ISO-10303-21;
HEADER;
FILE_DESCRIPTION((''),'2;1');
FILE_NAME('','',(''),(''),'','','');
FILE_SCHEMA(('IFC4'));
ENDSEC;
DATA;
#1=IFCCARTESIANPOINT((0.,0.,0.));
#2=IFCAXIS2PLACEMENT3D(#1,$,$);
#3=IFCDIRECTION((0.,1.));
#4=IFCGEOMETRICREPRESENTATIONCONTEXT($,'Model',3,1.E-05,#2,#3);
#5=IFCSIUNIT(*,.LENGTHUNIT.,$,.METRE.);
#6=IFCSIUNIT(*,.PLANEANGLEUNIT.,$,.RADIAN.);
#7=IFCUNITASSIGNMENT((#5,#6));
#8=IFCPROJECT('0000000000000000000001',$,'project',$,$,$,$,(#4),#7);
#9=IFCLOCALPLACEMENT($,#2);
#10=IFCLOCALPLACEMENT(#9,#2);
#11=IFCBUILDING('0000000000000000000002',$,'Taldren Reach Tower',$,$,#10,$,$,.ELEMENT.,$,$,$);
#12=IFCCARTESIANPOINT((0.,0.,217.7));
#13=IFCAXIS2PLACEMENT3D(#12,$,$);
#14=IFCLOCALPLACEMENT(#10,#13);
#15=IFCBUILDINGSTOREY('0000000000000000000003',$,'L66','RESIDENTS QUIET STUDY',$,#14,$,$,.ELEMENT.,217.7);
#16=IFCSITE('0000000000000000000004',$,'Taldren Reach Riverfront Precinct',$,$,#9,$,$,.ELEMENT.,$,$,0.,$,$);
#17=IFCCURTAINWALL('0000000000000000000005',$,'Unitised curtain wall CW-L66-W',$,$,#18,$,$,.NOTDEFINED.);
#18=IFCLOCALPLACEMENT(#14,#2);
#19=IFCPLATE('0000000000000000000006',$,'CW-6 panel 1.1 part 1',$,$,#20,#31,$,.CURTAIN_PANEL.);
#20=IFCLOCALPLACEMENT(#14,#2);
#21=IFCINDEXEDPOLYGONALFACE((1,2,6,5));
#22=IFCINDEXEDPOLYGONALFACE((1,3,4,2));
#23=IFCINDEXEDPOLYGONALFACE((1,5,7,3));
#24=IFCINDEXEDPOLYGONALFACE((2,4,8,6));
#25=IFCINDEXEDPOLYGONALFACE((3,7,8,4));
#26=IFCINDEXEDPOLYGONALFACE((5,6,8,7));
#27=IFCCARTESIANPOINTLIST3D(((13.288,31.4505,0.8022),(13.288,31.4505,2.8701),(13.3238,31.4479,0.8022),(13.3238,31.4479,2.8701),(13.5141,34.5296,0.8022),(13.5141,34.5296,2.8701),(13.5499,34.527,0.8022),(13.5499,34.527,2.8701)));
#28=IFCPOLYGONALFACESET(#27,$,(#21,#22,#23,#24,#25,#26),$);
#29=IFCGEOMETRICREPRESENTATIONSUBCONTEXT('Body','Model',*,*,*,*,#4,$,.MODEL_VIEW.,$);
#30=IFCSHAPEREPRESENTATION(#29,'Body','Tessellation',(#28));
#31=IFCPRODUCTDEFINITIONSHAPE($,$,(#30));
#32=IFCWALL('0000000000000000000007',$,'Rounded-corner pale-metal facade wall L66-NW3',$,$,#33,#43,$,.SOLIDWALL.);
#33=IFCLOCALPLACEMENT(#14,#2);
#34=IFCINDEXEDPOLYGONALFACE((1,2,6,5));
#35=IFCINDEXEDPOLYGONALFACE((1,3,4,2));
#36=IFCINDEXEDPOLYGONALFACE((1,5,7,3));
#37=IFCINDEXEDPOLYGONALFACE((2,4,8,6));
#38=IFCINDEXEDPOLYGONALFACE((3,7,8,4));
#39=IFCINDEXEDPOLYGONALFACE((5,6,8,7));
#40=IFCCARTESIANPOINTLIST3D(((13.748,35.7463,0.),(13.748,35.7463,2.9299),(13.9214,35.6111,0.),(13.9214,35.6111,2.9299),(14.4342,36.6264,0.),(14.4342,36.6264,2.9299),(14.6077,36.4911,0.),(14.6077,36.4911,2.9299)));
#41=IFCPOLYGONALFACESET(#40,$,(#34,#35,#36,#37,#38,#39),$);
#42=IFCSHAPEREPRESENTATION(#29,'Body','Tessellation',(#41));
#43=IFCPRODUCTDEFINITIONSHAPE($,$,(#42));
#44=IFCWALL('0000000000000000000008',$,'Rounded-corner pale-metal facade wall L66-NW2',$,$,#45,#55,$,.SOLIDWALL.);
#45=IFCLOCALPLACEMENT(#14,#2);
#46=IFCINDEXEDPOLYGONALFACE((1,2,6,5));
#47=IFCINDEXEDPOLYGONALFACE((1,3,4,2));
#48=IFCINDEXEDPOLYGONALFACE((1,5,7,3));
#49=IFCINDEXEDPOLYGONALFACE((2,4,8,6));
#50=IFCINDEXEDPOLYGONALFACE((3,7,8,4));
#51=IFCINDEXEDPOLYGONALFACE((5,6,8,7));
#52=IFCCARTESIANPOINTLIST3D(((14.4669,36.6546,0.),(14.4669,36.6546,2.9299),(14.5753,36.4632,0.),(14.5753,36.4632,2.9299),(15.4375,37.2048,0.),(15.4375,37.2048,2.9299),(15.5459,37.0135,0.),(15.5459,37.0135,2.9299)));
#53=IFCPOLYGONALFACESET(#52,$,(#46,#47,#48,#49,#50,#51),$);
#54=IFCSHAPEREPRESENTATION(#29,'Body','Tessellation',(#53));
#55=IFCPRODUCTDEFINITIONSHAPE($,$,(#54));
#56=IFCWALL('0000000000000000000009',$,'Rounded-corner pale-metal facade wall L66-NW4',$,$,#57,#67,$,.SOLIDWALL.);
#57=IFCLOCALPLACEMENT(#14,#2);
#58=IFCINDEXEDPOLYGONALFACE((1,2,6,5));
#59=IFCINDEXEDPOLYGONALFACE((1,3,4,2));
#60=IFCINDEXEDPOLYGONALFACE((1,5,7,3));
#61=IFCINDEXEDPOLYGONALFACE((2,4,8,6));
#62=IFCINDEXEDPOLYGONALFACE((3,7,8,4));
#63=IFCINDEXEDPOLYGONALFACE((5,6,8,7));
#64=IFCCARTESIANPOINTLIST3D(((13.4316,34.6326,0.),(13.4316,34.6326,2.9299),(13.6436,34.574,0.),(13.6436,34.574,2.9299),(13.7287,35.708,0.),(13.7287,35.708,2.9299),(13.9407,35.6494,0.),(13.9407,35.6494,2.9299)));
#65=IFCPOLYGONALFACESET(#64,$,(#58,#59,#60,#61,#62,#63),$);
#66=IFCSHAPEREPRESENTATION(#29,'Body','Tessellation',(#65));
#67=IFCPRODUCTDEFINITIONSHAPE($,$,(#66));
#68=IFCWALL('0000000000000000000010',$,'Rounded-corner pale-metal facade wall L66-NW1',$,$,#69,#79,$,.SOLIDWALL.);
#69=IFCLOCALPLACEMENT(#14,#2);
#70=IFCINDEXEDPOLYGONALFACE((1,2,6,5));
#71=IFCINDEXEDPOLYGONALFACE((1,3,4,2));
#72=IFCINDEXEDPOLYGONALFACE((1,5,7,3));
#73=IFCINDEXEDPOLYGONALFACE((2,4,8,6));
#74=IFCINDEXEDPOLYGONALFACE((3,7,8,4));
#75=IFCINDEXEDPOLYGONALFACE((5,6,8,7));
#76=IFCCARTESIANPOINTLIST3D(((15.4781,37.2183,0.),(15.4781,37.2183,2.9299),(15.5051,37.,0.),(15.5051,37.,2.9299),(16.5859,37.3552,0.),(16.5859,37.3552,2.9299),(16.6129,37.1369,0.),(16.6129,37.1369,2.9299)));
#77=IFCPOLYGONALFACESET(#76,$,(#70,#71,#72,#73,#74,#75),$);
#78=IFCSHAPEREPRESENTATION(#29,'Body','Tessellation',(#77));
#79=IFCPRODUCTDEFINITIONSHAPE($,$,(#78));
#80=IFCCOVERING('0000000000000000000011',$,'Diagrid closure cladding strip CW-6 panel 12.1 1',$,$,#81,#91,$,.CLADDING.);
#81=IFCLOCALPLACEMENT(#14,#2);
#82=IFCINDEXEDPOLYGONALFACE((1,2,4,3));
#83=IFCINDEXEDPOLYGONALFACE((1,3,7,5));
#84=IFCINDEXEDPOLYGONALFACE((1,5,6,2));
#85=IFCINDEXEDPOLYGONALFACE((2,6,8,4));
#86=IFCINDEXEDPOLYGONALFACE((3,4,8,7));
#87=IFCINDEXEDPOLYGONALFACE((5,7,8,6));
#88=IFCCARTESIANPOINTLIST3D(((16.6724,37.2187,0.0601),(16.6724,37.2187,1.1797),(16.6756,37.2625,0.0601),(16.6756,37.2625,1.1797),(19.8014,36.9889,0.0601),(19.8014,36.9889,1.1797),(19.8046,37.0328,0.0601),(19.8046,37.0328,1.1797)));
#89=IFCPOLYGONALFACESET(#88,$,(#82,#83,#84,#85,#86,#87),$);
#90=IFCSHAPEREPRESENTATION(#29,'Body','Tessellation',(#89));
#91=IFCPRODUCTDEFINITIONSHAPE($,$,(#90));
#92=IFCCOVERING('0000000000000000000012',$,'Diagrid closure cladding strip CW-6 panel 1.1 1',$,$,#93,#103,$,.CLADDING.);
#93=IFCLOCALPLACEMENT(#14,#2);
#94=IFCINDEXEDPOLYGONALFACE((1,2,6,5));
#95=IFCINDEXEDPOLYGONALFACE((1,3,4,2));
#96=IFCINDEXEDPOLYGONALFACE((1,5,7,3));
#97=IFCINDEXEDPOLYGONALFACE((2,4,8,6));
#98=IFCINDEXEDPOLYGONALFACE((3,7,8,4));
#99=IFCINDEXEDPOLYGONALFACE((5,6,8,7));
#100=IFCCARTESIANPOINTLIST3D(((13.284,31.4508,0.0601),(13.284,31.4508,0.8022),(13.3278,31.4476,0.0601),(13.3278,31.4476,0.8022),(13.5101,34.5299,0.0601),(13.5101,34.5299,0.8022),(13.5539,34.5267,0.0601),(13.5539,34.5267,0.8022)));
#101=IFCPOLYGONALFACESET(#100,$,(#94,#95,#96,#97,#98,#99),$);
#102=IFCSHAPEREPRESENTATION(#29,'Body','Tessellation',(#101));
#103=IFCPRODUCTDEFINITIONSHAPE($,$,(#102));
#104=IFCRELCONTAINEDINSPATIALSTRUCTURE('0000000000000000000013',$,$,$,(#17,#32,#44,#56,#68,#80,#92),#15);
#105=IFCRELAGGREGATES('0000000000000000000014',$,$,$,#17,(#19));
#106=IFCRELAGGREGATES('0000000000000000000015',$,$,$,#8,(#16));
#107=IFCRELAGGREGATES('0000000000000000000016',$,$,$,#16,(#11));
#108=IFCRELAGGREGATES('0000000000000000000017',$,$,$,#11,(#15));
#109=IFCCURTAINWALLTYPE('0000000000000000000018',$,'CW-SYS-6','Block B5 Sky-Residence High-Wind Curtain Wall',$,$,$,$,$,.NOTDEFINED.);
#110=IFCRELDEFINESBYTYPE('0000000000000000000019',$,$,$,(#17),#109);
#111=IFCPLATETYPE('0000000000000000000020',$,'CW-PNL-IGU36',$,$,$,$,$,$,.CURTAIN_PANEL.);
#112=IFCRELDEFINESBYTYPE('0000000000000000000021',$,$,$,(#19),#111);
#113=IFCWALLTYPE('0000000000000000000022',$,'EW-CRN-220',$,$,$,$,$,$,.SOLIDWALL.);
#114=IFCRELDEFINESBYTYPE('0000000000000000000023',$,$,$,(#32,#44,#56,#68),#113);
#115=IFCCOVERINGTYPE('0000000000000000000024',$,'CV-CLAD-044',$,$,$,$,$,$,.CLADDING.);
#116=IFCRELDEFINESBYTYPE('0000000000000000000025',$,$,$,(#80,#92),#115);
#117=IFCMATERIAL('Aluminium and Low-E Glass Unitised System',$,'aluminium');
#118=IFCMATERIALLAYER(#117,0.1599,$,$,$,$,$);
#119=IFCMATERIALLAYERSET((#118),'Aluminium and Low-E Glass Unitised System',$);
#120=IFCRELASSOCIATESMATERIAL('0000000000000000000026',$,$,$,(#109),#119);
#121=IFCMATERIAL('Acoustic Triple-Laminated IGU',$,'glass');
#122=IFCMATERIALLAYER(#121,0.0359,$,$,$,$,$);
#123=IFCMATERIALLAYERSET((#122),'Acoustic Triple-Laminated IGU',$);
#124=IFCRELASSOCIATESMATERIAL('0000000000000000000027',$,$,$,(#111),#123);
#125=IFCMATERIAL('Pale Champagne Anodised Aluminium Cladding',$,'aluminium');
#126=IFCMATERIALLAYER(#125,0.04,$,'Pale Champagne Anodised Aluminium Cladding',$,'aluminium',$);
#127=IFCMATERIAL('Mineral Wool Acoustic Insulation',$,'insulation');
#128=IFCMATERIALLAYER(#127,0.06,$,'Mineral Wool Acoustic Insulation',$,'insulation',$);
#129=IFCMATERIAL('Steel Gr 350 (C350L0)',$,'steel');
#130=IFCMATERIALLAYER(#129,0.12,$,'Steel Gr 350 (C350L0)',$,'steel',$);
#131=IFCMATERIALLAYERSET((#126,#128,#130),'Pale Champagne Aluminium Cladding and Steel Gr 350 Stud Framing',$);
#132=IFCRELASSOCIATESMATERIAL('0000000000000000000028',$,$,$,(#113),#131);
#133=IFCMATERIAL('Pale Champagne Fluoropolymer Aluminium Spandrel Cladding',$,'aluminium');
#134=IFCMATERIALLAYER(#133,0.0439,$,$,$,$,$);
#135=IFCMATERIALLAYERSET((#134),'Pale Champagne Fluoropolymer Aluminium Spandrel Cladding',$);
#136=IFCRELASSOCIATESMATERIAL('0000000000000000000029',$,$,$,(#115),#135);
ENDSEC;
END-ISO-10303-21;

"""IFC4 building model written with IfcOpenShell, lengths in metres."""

from ifc_helpers import new_model, si_unit, direction, frame, frame_2d, origin, origin_2d, place, context, subcontext, project, spatial, rectangle, extrude, source, transform, mapped, material, layer, layer_set, type_object, element, aggregate, save


model = new_model("IFC4")

# Units and contexts
model_context = context("Model", 3, precision=1e-05, world=origin(), true_north=direction((0.0, 1.0)))
body_context = subcontext(model_context, "Body", "Model", "MODEL_VIEW")
ifc_project = project(units=[si_unit("LENGTHUNIT", "METRE"), si_unit("PLANEANGLEUNIT", "RADIAN")], contexts=[model_context])

# Site, building, storey
site_placement = place(None, origin())
site = spatial("IfcSite", under=ifc_project, at=site_placement, Name="Taldren Reach Riverfront Precinct", CompositionType="ELEMENT", RefElevation=0.0)
building_placement = place(site_placement, origin())
building = spatial("IfcBuilding", under=site, at=building_placement, Name="Taldren Reach Tower", CompositionType="ELEMENT")
storey_placement = place(building_placement, frame((0.0, 0.0, 217.7)))
storey = spatial("IfcBuildingStorey", under=building, at=storey_placement, Name="L66", Description="RESIDENTS QUIET STUDY", CompositionType="ELEMENT", Elevation=217.7)

# Shared definitions
ifc_material_1 = material(Name="Steel Gr 350 (C350L0)", Category="steel")

# Shared definitions
ifc_material_2 = material(Name="Aluminium and Low-E Glass Unitised System", Category="aluminium")
ifc_layer_1 = layer(ifc_material_2, 0.1599)
ifc_layer_set_1 = layer_set([ifc_layer_1], Name="Aluminium and Low-E Glass Unitised System")
curtain_wall_type = type_object("IfcCurtainWallType", Name="CW-SYS-6", Description="Block B5 Sky-Residence High-Wind Curtain Wall", PredefinedType="NOTDEFINED", material=ifc_layer_set_1)

# Curtain wall
curtain_wall_1_placement = place(storey_placement, origin())
curtain_wall_1 = element("IfcCurtainWall", 1, at=curtain_wall_1_placement, inside=storey, type_object=curtain_wall_type, Name="Unitised curtain wall CW-L66-W", PredefinedType="NOTDEFINED")

# Plate
ifc_material_3 = material(Name="Acoustic Triple-Laminated IGU", Category="glass")
ifc_layer_2 = layer(ifc_material_3, 0.0359)
ifc_layer_set_2 = layer_set([ifc_layer_2], Name="Acoustic Triple-Laminated IGU")
plate_type_1 = type_object("IfcPlateType", Name="CW-PNL-IGU36", PredefinedType="CURTAIN_PANEL", material=ifc_layer_set_2)
shared_shape_1 = source(origin(), body_context, "Body", "SweptSolid", [
    extrude(rectangle(XDim=3.0874, YDim=0.0359, at=origin_2d()), origin(), (0.0, 0.0, 1.0), 2.0679),
])
plate_1_placement = place(storey_placement, frame((13.4189, 32.9888, 0.8022), z_axis=(0.0, 0.0, 1.0), x_axis=(-0.073238, -0.997314, 0.0)))
plate_1 = element("IfcPlate", 2, at=plate_1_placement, type_object=plate_type_1, Name="CW-6 panel 1.1 part 1", PredefinedType="CURTAIN_PANEL", context=body_context, shape_type="MappedRepresentation", body=[
    mapped(shared_shape_1, transform((0.0, 0.0, 0.0), scale=1.0)),
])
aggregate(curtain_wall_1, [plate_1])

# Walls
ifc_material_4 = material(Name="Pale Champagne Anodised Aluminium Cladding", Category="aluminium")
ifc_layer_3 = layer(ifc_material_4, 0.04, Name="Pale Champagne Anodised Aluminium Cladding", Category="aluminium")
ifc_material_5 = material(Name="Mineral Wool Acoustic Insulation", Category="insulation")
ifc_layer_4 = layer(ifc_material_5, 0.06, Name="Mineral Wool Acoustic Insulation", Category="insulation")
ifc_layer_5 = layer(ifc_material_1, 0.12, Name="Steel Gr 350 (C350L0)", Category="steel")
ifc_layer_set_3 = layer_set([ifc_layer_3, ifc_layer_4, ifc_layer_5], Name="Pale Champagne Aluminium Cladding and Steel Gr 350 Stud Framing")
wall_type = type_object("IfcWallType", Name="EW-CRN-220", PredefinedType="SOLIDWALL", material=ifc_layer_set_3)
shared_shape_2 = source(origin(), body_context, "Body", "SweptSolid", [
    extrude(rectangle(XDim=1.116, YDim=0.22, at=frame_2d((0.5581, 0.0))), origin(), (0.0, 0.0, 1.0), 2.9299),
])
wall_1_placement = place(storey_placement, frame((14.521, 36.5588, 0.0), z_axis=(0.0, 0.0, 1.0), x_axis=(-0.614909, -0.788598, 0.0)))
element("IfcWall", 3, at=wall_1_placement, inside=storey, type_object=wall_type, Name="Rounded-corner pale-metal facade wall L66-NW3", PredefinedType="SOLIDWALL", context=body_context, shape_type="MappedRepresentation", body=[
    mapped(shared_shape_2, transform((0.0, 0.0, 0.0), scale=1.0)),
])
shared_shape_3 = source(origin(), body_context, "Body", "SweptSolid", [
    extrude(rectangle(XDim=1.1157, YDim=0.22, at=frame_2d((0.5579, 0.0))), origin(), (0.0, 0.0, 1.0), 2.9299),
])
for number, where, z_axis, x_axis, name in (
    (4, (15.4917, 37.1091, 0.0), (0.0, 0.0, 1.0), (-0.869935, -0.493167, 0.0), "Rounded-corner pale-metal facade wall L66-NW2"),
    (5, (13.8347, 35.6787, 0.0), (0.0, 0.0, 1.0), (-0.266301, -0.96389, 0.0), "Rounded-corner pale-metal facade wall L66-NW4"),
):
    element("IfcWall", number, at=place(storey_placement, frame(where, z_axis=z_axis, x_axis=x_axis)), inside=storey, type_object=wall_type, Name=name, PredefinedType="SOLIDWALL", context=body_context, shape_type="MappedRepresentation", body=[
        mapped(shared_shape_3, transform((0.0, 0.0, 0.0), scale=1.0)),
    ])
shared_shape_4 = source(origin(), body_context, "Body", "SweptSolid", [
    extrude(rectangle(XDim=1.1162, YDim=0.22, at=frame_2d((0.5581, 0.0))), origin(), (0.0, 0.0, 1.0), 2.9299),
])
wall_2_placement = place(storey_placement, frame((16.5994, 37.2461, 0.0), z_axis=(0.0, 0.0, 1.0), x_axis=(-0.992442, -0.122715, 0.0)))
element("IfcWall", 6, at=wall_2_placement, inside=storey, type_object=wall_type, Name="Rounded-corner pale-metal facade wall L66-NW1", PredefinedType="SOLIDWALL", context=body_context, shape_type="MappedRepresentation", body=[
    mapped(shared_shape_4, transform((0.0, 0.0, 0.0), scale=1.0)),
])

# Coverings
ifc_material_6 = material(Name="Pale Champagne Fluoropolymer Aluminium Spandrel Cladding", Category="aluminium")
ifc_layer_6 = layer(ifc_material_6, 0.0439)
ifc_layer_set_4 = layer_set([ifc_layer_6], Name="Pale Champagne Fluoropolymer Aluminium Spandrel Cladding")
covering_type = type_object("IfcCoveringType", Name="CV-CLAD-044", PredefinedType="CLADDING", material=ifc_layer_set_4)
shared_shape_5 = source(origin(), body_context, "Body", "SweptSolid", [
    extrude(rectangle(XDim=3.1375, YDim=0.0439, at=origin_2d()), origin(), (0.0, 0.0, 1.0), 1.1196),
])
covering_1_placement = place(storey_placement, frame((18.2385, 37.1257, 0.0601), z_axis=(0.0, 0.0, 1.0), x_axis=(-0.997314, 0.073238, 0.0)))
element("IfcCovering", 7, at=covering_1_placement, inside=storey, type_object=covering_type, Name="Diagrid closure cladding strip CW-6 panel 12.1 1", PredefinedType="CLADDING", context=body_context, shape_type="MappedRepresentation", body=[
    mapped(shared_shape_5, transform((0.0, 0.0, 0.0), scale=1.0)),
])
shared_shape_6 = source(origin(), body_context, "Body", "SweptSolid", [
    extrude(rectangle(XDim=3.0874, YDim=0.0439, at=origin_2d()), origin(), (0.0, 0.0, 1.0), 0.7422),
])
covering_2_placement = place(storey_placement, frame((13.4189, 32.9888, 0.0601), z_axis=(0.0, 0.0, 1.0), x_axis=(-0.073238, -0.997314, 0.0)))
element("IfcCovering", 8, at=covering_2_placement, inside=storey, type_object=covering_type, Name="Diagrid closure cladding strip CW-6 panel 1.1 1", PredefinedType="CLADDING", context=body_context, shape_type="MappedRepresentation", body=[
    mapped(shared_shape_6, transform((0.0, 0.0, 0.0), scale=1.0)),
])

save(model, "model.ifc")
